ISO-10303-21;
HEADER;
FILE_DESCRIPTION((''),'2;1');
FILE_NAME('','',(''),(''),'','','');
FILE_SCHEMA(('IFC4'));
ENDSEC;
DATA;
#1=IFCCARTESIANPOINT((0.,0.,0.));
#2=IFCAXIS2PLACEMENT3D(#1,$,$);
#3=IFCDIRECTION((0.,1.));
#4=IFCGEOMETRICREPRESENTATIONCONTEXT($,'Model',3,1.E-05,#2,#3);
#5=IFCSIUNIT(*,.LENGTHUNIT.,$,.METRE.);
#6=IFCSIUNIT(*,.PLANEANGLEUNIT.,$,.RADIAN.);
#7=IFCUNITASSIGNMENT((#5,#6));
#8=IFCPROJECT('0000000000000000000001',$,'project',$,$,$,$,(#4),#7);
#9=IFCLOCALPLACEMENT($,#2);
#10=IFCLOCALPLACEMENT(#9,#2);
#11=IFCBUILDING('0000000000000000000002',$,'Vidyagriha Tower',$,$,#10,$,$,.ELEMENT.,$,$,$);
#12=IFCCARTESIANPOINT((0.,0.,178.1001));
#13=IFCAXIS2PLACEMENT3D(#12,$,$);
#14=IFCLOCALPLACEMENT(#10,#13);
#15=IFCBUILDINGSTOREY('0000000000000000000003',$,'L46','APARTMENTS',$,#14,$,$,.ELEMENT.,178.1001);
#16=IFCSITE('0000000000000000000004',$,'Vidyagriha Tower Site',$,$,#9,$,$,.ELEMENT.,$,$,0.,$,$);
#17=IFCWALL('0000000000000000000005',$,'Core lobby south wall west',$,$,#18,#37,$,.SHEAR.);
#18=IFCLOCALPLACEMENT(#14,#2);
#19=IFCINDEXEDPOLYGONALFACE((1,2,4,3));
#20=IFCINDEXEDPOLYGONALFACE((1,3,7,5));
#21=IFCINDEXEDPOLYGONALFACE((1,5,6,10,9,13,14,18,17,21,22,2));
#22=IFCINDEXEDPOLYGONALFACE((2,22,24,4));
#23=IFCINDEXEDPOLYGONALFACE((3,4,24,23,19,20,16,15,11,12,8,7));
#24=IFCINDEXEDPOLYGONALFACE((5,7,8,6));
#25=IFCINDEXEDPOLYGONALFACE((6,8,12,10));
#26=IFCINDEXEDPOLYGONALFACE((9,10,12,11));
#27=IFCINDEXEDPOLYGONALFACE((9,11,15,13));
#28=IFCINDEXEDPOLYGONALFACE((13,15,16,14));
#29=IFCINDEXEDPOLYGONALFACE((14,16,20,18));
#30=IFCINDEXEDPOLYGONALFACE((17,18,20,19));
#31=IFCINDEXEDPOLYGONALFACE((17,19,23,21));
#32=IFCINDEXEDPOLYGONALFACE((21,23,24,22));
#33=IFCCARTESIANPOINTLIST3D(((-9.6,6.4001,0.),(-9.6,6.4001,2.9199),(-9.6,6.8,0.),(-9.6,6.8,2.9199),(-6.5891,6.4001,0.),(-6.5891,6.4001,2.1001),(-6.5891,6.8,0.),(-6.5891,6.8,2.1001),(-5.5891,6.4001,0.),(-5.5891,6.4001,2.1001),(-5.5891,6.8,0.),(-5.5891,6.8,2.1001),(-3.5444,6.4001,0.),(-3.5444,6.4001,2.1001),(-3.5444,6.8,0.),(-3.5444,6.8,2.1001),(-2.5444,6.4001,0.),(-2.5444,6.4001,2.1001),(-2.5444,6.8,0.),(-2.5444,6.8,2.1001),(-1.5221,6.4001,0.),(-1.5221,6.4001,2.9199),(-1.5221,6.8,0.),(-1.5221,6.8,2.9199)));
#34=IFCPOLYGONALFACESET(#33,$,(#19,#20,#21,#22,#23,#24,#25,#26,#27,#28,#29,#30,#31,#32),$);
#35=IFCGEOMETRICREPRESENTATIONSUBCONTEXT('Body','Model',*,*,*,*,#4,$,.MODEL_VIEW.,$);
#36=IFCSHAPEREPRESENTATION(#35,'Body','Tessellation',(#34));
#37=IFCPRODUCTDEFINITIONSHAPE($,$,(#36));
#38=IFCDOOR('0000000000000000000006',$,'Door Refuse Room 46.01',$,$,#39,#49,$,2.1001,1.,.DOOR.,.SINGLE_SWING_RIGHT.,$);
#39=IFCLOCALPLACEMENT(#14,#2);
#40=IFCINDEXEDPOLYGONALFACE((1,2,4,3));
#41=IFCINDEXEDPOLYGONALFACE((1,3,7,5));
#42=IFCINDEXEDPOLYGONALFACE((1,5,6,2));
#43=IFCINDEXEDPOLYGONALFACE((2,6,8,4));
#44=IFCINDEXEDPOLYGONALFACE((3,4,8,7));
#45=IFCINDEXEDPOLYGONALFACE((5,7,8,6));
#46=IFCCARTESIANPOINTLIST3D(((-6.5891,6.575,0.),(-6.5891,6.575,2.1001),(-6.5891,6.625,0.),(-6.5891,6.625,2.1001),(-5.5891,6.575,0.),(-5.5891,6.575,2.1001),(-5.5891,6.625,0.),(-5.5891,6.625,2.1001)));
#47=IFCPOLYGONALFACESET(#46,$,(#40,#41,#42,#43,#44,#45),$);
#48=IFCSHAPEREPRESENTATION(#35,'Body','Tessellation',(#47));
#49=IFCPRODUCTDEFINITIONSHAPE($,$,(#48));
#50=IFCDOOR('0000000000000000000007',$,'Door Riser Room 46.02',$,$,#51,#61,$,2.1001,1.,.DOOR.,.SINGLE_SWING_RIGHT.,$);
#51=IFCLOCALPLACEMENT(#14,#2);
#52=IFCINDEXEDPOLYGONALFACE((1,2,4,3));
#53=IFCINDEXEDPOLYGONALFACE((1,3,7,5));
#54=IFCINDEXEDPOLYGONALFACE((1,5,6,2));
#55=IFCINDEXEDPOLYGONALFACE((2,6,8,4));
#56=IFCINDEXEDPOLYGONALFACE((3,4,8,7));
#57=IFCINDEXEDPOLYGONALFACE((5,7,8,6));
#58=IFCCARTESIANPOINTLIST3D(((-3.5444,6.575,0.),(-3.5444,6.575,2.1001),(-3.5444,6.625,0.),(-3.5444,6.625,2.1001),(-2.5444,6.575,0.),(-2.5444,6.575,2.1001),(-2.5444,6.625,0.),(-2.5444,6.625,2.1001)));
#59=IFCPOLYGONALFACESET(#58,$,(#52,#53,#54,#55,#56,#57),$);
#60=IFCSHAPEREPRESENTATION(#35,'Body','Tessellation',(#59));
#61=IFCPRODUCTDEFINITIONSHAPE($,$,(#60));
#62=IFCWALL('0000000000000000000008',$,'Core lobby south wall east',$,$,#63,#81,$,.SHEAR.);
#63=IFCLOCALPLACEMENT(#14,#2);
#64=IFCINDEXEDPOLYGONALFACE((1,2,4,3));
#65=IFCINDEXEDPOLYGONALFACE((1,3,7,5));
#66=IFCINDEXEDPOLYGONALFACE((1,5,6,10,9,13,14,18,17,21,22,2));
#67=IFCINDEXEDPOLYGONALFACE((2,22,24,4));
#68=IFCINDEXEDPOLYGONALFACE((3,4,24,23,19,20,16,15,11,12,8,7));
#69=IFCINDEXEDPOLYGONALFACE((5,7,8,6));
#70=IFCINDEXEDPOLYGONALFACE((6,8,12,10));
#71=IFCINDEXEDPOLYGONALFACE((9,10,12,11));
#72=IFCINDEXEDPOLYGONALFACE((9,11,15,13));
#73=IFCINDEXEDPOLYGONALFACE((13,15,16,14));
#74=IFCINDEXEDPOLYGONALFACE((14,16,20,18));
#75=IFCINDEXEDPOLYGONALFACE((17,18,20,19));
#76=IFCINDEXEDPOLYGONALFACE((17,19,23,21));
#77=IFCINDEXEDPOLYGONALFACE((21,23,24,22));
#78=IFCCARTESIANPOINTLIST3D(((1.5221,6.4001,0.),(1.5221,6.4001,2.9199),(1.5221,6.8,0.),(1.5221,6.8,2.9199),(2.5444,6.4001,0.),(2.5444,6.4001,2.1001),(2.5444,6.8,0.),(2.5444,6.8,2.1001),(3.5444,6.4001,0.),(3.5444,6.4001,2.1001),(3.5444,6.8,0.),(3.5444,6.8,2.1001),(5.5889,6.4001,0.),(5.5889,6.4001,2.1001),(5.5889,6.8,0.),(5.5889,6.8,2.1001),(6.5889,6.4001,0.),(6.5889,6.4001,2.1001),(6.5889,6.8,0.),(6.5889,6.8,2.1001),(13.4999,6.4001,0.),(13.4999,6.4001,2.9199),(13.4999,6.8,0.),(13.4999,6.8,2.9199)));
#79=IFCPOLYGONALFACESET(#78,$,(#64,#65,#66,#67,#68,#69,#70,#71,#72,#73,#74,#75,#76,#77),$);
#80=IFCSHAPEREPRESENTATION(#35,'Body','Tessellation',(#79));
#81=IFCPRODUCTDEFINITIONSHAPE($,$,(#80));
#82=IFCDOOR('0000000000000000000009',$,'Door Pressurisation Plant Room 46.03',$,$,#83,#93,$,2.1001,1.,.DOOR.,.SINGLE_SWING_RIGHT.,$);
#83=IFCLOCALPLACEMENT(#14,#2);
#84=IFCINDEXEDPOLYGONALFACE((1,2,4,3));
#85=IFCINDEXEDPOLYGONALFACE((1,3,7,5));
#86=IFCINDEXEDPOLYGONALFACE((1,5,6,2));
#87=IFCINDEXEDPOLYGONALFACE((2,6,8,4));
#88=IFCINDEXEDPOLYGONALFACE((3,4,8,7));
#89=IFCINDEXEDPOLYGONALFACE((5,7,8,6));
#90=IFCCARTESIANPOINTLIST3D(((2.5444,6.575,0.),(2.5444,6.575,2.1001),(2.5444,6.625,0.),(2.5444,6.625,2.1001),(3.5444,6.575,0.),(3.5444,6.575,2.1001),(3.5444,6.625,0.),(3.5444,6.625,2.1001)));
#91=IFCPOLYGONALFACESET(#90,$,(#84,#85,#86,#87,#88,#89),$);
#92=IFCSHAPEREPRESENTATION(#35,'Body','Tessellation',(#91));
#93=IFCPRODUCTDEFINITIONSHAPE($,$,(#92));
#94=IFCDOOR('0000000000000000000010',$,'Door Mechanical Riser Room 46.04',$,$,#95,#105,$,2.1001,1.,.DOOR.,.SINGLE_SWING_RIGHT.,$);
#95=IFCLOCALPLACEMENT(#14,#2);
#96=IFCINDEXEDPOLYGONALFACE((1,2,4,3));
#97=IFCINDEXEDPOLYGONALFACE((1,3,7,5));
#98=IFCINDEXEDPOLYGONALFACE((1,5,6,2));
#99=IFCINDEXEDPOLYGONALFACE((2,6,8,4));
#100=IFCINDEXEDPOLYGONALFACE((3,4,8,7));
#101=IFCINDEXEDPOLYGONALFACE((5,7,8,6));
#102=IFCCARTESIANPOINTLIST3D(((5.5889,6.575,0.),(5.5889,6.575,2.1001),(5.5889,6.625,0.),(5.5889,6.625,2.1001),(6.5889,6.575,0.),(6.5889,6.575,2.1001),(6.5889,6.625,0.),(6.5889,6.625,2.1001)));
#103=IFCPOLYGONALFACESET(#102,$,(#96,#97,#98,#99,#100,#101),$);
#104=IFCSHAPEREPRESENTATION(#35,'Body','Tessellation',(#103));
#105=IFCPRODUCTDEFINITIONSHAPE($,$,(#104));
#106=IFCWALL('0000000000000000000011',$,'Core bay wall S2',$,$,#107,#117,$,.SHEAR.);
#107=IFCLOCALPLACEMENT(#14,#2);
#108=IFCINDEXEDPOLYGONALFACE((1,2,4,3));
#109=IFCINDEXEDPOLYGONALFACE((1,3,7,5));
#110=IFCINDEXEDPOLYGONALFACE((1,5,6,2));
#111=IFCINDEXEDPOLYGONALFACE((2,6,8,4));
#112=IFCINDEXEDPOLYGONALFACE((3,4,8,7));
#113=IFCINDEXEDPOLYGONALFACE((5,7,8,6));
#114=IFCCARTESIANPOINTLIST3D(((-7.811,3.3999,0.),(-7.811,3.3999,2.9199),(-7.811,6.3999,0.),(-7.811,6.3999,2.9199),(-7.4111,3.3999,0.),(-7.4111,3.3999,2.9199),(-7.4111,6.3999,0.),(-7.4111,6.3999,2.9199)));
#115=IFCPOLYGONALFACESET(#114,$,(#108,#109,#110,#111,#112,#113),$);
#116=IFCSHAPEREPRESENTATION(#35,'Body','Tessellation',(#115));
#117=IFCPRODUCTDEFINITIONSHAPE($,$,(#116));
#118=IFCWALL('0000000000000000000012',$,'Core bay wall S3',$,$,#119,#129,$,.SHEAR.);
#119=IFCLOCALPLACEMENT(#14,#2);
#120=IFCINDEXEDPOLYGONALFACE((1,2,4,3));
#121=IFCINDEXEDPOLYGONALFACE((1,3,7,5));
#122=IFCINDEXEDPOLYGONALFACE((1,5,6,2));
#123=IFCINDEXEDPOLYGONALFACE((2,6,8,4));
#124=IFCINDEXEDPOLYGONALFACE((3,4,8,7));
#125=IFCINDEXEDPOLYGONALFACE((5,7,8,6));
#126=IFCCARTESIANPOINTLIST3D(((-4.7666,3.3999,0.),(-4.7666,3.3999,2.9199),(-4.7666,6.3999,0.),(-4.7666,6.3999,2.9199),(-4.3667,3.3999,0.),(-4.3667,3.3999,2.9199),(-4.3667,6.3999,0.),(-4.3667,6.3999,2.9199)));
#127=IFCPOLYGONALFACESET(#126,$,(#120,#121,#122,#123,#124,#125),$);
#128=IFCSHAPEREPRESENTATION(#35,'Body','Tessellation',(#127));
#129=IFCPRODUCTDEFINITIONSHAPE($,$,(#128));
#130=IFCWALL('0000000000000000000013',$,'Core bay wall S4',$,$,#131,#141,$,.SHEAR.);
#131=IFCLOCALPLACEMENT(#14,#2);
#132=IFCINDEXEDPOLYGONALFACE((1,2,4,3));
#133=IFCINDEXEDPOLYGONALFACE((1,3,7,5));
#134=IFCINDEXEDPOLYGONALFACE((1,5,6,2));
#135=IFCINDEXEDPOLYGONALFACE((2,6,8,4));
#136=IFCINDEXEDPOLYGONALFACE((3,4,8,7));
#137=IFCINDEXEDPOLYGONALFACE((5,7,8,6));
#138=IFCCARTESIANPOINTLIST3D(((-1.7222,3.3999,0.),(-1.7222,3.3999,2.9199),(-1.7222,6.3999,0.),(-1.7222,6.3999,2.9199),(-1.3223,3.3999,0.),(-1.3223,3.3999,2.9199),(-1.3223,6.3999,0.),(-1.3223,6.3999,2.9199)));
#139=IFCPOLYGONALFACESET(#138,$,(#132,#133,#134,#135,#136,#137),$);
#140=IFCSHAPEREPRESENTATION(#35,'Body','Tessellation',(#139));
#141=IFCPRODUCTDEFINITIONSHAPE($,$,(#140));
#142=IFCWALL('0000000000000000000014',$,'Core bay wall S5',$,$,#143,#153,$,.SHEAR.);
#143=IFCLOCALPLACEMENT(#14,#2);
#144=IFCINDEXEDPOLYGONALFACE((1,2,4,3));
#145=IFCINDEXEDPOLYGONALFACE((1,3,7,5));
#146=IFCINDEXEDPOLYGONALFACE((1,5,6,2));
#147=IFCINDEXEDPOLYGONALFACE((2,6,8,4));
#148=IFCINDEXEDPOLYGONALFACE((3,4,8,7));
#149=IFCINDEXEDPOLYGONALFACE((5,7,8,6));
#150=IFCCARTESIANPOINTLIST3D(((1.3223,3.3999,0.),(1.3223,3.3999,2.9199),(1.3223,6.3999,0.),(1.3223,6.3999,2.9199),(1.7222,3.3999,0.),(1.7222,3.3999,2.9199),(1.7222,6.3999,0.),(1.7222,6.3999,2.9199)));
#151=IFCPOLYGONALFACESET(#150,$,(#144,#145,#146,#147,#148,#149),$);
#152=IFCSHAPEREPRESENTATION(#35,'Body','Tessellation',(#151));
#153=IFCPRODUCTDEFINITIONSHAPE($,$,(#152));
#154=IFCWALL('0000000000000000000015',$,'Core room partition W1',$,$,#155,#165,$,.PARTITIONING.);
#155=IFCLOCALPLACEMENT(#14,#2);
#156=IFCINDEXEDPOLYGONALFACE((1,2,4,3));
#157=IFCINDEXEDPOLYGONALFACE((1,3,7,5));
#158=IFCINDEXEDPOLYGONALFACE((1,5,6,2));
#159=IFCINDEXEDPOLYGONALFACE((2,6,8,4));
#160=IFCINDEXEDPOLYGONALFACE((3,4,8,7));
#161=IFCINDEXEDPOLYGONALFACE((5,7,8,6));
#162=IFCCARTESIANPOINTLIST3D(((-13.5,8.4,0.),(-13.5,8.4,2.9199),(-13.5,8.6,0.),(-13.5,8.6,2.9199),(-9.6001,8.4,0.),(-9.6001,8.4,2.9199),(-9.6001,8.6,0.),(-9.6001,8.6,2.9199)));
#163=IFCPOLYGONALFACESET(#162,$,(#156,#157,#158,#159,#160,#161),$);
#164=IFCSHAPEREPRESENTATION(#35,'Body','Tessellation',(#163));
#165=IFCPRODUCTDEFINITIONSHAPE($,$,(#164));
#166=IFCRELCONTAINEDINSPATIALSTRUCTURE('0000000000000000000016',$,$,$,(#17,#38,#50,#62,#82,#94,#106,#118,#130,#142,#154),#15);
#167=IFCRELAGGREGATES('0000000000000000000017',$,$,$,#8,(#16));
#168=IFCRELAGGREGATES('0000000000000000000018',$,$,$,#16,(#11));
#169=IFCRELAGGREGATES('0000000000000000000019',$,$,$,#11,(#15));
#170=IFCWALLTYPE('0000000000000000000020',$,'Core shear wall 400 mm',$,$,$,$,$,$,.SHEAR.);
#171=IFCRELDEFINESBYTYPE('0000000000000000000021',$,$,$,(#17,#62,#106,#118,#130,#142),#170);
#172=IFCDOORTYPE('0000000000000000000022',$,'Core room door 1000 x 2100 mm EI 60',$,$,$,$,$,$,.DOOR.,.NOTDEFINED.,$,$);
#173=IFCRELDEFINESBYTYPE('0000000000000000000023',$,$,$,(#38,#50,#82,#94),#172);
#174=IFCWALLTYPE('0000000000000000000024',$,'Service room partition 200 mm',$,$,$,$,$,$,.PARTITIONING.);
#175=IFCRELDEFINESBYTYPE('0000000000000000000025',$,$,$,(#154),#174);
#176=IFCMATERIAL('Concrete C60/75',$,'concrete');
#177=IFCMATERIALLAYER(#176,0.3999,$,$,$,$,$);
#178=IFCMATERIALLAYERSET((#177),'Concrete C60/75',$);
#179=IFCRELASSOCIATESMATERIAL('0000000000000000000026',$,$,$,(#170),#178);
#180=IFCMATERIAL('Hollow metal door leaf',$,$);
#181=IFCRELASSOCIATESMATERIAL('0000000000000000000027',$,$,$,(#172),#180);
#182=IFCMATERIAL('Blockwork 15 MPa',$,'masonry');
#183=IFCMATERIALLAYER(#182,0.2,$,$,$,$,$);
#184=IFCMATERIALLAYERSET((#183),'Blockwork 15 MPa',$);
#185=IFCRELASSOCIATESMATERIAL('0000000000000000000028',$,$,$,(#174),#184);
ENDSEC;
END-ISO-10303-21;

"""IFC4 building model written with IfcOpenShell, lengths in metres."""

from ifc_helpers import new_model, si_unit, direction, frame, frame_2d, origin, place, context, subcontext, project, spatial, rectangle, extrude, material, layer, layer_set, type_object, element, fill, save


model = new_model("IFC4")

# Units and contexts
model_context = context("Model", 3, precision=1e-05, world=origin(), true_north=direction((0.0, 1.0)))
body_context = subcontext(model_context, "Body", "Model", "MODEL_VIEW")
ifc_project = project(units=[si_unit("LENGTHUNIT", "METRE"), si_unit("PLANEANGLEUNIT", "RADIAN")], contexts=[model_context])

# Site, building, storey
site_placement = place(None, origin())
site = spatial("IfcSite", under=ifc_project, at=site_placement, Name="Vidyagriha Tower Site", CompositionType="ELEMENT", RefElevation=0.0)
building_placement = place(site_placement, origin())
building = spatial("IfcBuilding", under=site, at=building_placement, Name="Vidyagriha Tower", CompositionType="ELEMENT")
storey_placement = place(building_placement, frame((0.0, 0.0, 178.1001)))
storey = spatial("IfcBuildingStorey", under=building, at=storey_placement, Name="L46", Description="APARTMENTS", CompositionType="ELEMENT", Elevation=178.1001)

# Walls, openings, doors
ifc_material_1 = material(Name="Concrete C60/75", Category="concrete")
ifc_layer_1 = layer(ifc_material_1, 0.3999)
ifc_layer_set_1 = layer_set([ifc_layer_1], Name="Concrete C60/75")
wall_type_1 = type_object("IfcWallType", Name="Core shear wall 400 mm", PredefinedType="SHEAR", material=ifc_layer_set_1)
ifc_material_2 = material(Name="Hollow metal door leaf")
door_type_1 = type_object("IfcDoorType", Name="Core room door 1000 x 2100 mm EI 60", OperationType="NOTDEFINED", PredefinedType="DOOR", material=ifc_material_2)
wall_1_placement = place(storey_placement, frame((-9.6001, 6.6001, 0.0)))
wall_1 = element("IfcWall", 1, at=wall_1_placement, inside=storey, type_object=wall_type_1, Name="Core lobby south wall west", PredefinedType="SHEAR", context=body_context, shape_type="SweptSolid", body=[
    extrude(rectangle(XDim=8.0779, YDim=0.3999, at=frame_2d((4.0391, 0.0))), origin(), (0.0, 0.0, 1.0), 2.9199),
])
opening_1_placement = place(wall_1_placement, frame((3.011, 0.0, 0.0)))
opening_1 = element("IfcOpeningElement", 2, at=opening_1_placement, cuts=wall_1, PredefinedType="OPENING", context=body_context, shape_type="SweptSolid", body=[
    extrude(rectangle(XDim=1.0, YDim=2.1001, at=frame_2d((0.5, 1.05))), frame((0.0, 0.21, 0.0), z_axis=(0.0, -1.0, 0.0), x_axis=(1.0, 0.0, 0.0)), (0.0, 0.0, 1.0), 0.4199),
])
opening_2_placement = place(wall_1_placement, frame((6.0557, 0.0, 0.0)))
opening_2 = element("IfcOpeningElement", 3, at=opening_2_placement, cuts=wall_1, PredefinedType="OPENING", context=body_context, shape_type="SweptSolid", body=[
    extrude(rectangle(XDim=1.0, YDim=2.1001, at=frame_2d((0.5, 1.05))), frame((0.0, 0.21, 0.0), z_axis=(0.0, -1.0, 0.0), x_axis=(1.0, 0.0, 0.0)), (0.0, 0.0, 1.0), 0.4199),
])
door_1_placement = place(opening_1_placement, origin())
door_1 = element("IfcDoor", 4, at=door_1_placement, inside=storey, type_object=door_type_1, Name="Door Refuse Room 46.01", OperationType="SINGLE_SWING_RIGHT", OverallHeight=2.1001, OverallWidth=1.0, PredefinedType="DOOR", context=body_context, shape_type="SweptSolid", body=[
    extrude(rectangle(XDim=1.0, YDim=2.1001, at=frame_2d((0.5, 1.05))), frame((0.0, 0.0249, 0.0), z_axis=(0.0, -1.0, 0.0), x_axis=(1.0, 0.0, 0.0)), (0.0, 0.0, 1.0), 0.05),
])
fill(opening_1, door_1)
door_2_placement = place(opening_2_placement, origin())
door_2 = element("IfcDoor", 5, at=door_2_placement, inside=storey, type_object=door_type_1, Name="Door Riser Room 46.02", OperationType="SINGLE_SWING_RIGHT", OverallHeight=2.1001, OverallWidth=1.0, PredefinedType="DOOR", context=body_context, shape_type="SweptSolid", body=[
    extrude(rectangle(XDim=1.0, YDim=2.1001, at=frame_2d((0.5, 1.05))), frame((0.0, 0.0249, 0.0), z_axis=(0.0, -1.0, 0.0), x_axis=(1.0, 0.0, 0.0)), (0.0, 0.0, 1.0), 0.05),
])
fill(opening_2, door_2)
wall_2_placement = place(storey_placement, frame((1.5222, 6.6001, 0.0)))
wall_2 = element("IfcWall", 6, at=wall_2_placement, inside=storey, type_object=wall_type_1, Name="Core lobby south wall east", PredefinedType="SHEAR", context=body_context, shape_type="SweptSolid", body=[
    extrude(rectangle(XDim=11.9778, YDim=0.3999, at=frame_2d((5.9888, 0.0))), origin(), (0.0, 0.0, 1.0), 2.9199),
])
opening_3_placement = place(wall_2_placement, frame((1.0222, 0.0, 0.0)))
opening_3 = element("IfcOpeningElement", 7, at=opening_3_placement, cuts=wall_2, PredefinedType="OPENING", context=body_context, shape_type="SweptSolid", body=[
    extrude(rectangle(XDim=1.0, YDim=2.1001, at=frame_2d((0.5, 1.05))), frame((0.0, 0.21, 0.0), z_axis=(0.0, -1.0, 0.0), x_axis=(1.0, 0.0, 0.0)), (0.0, 0.0, 1.0), 0.4199),
])
opening_4_placement = place(wall_2_placement, frame((4.0667, 0.0, 0.0)))
opening_4 = element("IfcOpeningElement", 8, at=opening_4_placement, cuts=wall_2, PredefinedType="OPENING", context=body_context, shape_type="SweptSolid", body=[
    extrude(rectangle(XDim=1.0, YDim=2.1001, at=frame_2d((0.5, 1.05))), frame((0.0, 0.21, 0.0), z_axis=(0.0, -1.0, 0.0), x_axis=(1.0, 0.0, 0.0)), (0.0, 0.0, 1.0), 0.4199),
])
door_3_placement = place(opening_3_placement, origin())
door_3 = element("IfcDoor", 9, at=door_3_placement, inside=storey, type_object=door_type_1, Name="Door Pressurisation Plant Room 46.03", OperationType="SINGLE_SWING_RIGHT", OverallHeight=2.1001, OverallWidth=1.0, PredefinedType="DOOR", context=body_context, shape_type="SweptSolid", body=[
    extrude(rectangle(XDim=1.0, YDim=2.1001, at=frame_2d((0.5, 1.05))), frame((0.0, 0.0249, 0.0), z_axis=(0.0, -1.0, 0.0), x_axis=(1.0, 0.0, 0.0)), (0.0, 0.0, 1.0), 0.05),
])
fill(opening_3, door_3)
door_4_placement = place(opening_4_placement, origin())
door_4 = element("IfcDoor", 10, at=door_4_placement, inside=storey, type_object=door_type_1, Name="Door Mechanical Riser Room 46.04", OperationType="SINGLE_SWING_RIGHT", OverallHeight=2.1001, OverallWidth=1.0, PredefinedType="DOOR", context=body_context, shape_type="SweptSolid", body=[
    extrude(rectangle(XDim=1.0, YDim=2.1001, at=frame_2d((0.5, 1.05))), frame((0.0, 0.0249, 0.0), z_axis=(0.0, -1.0, 0.0), x_axis=(1.0, 0.0, 0.0)), (0.0, 0.0, 1.0), 0.05),
])
fill(opening_4, door_4)

# Walls
for number, where, z_axis, x_axis, name in (
    (11, (-7.6111, 3.3999, 0.0), (0.0, 0.0, 1.0), (0.0, 1.0, 0.0), "Core bay wall S2"),
    (12, (-4.5667, 3.3999, 0.0), (0.0, 0.0, 1.0), (0.0, 1.0, 0.0), "Core bay wall S3"),
    (13, (-1.5222, 3.3999, 0.0), (0.0, 0.0, 1.0), (0.0, 1.0, 0.0), "Core bay wall S4"),
    (14, (1.5222, 3.3999, 0.0), (0.0, 0.0, 1.0), (0.0, 1.0, 0.0), "Core bay wall S5"),
):
    element("IfcWall", number, at=place(storey_placement, frame(where, z_axis=z_axis, x_axis=x_axis)), inside=storey, type_object=wall_type_1, Name=name, PredefinedType="SHEAR", context=body_context, shape_type="SweptSolid", body=[
        extrude(rectangle(XDim=3.0, YDim=0.3999, at=frame_2d((1.5, 0.0))), origin(), (0.0, 0.0, 1.0), 2.9199),
    ])
ifc_material_3 = material(Name="Blockwork 15 MPa", Category="masonry")
ifc_layer_2 = layer(ifc_material_3, 0.2)
ifc_layer_set_2 = layer_set([ifc_layer_2], Name="Blockwork 15 MPa")
wall_type_2 = type_object("IfcWallType", Name="Service room partition 200 mm", PredefinedType="PARTITIONING", material=ifc_layer_set_2)
wall_3_placement = place(storey_placement, frame((-13.5, 8.5, 0.0)))
element("IfcWall", 15, at=wall_3_placement, inside=storey, type_object=wall_type_2, Name="Core room partition W1", PredefinedType="PARTITIONING", context=body_context, shape_type="SweptSolid", body=[
    extrude(rectangle(XDim=3.8999, YDim=0.2, at=frame_2d((1.95, 0.0))), origin(), (0.0, 0.0, 1.0), 2.9199),
])

save(model, "model.ifc")
